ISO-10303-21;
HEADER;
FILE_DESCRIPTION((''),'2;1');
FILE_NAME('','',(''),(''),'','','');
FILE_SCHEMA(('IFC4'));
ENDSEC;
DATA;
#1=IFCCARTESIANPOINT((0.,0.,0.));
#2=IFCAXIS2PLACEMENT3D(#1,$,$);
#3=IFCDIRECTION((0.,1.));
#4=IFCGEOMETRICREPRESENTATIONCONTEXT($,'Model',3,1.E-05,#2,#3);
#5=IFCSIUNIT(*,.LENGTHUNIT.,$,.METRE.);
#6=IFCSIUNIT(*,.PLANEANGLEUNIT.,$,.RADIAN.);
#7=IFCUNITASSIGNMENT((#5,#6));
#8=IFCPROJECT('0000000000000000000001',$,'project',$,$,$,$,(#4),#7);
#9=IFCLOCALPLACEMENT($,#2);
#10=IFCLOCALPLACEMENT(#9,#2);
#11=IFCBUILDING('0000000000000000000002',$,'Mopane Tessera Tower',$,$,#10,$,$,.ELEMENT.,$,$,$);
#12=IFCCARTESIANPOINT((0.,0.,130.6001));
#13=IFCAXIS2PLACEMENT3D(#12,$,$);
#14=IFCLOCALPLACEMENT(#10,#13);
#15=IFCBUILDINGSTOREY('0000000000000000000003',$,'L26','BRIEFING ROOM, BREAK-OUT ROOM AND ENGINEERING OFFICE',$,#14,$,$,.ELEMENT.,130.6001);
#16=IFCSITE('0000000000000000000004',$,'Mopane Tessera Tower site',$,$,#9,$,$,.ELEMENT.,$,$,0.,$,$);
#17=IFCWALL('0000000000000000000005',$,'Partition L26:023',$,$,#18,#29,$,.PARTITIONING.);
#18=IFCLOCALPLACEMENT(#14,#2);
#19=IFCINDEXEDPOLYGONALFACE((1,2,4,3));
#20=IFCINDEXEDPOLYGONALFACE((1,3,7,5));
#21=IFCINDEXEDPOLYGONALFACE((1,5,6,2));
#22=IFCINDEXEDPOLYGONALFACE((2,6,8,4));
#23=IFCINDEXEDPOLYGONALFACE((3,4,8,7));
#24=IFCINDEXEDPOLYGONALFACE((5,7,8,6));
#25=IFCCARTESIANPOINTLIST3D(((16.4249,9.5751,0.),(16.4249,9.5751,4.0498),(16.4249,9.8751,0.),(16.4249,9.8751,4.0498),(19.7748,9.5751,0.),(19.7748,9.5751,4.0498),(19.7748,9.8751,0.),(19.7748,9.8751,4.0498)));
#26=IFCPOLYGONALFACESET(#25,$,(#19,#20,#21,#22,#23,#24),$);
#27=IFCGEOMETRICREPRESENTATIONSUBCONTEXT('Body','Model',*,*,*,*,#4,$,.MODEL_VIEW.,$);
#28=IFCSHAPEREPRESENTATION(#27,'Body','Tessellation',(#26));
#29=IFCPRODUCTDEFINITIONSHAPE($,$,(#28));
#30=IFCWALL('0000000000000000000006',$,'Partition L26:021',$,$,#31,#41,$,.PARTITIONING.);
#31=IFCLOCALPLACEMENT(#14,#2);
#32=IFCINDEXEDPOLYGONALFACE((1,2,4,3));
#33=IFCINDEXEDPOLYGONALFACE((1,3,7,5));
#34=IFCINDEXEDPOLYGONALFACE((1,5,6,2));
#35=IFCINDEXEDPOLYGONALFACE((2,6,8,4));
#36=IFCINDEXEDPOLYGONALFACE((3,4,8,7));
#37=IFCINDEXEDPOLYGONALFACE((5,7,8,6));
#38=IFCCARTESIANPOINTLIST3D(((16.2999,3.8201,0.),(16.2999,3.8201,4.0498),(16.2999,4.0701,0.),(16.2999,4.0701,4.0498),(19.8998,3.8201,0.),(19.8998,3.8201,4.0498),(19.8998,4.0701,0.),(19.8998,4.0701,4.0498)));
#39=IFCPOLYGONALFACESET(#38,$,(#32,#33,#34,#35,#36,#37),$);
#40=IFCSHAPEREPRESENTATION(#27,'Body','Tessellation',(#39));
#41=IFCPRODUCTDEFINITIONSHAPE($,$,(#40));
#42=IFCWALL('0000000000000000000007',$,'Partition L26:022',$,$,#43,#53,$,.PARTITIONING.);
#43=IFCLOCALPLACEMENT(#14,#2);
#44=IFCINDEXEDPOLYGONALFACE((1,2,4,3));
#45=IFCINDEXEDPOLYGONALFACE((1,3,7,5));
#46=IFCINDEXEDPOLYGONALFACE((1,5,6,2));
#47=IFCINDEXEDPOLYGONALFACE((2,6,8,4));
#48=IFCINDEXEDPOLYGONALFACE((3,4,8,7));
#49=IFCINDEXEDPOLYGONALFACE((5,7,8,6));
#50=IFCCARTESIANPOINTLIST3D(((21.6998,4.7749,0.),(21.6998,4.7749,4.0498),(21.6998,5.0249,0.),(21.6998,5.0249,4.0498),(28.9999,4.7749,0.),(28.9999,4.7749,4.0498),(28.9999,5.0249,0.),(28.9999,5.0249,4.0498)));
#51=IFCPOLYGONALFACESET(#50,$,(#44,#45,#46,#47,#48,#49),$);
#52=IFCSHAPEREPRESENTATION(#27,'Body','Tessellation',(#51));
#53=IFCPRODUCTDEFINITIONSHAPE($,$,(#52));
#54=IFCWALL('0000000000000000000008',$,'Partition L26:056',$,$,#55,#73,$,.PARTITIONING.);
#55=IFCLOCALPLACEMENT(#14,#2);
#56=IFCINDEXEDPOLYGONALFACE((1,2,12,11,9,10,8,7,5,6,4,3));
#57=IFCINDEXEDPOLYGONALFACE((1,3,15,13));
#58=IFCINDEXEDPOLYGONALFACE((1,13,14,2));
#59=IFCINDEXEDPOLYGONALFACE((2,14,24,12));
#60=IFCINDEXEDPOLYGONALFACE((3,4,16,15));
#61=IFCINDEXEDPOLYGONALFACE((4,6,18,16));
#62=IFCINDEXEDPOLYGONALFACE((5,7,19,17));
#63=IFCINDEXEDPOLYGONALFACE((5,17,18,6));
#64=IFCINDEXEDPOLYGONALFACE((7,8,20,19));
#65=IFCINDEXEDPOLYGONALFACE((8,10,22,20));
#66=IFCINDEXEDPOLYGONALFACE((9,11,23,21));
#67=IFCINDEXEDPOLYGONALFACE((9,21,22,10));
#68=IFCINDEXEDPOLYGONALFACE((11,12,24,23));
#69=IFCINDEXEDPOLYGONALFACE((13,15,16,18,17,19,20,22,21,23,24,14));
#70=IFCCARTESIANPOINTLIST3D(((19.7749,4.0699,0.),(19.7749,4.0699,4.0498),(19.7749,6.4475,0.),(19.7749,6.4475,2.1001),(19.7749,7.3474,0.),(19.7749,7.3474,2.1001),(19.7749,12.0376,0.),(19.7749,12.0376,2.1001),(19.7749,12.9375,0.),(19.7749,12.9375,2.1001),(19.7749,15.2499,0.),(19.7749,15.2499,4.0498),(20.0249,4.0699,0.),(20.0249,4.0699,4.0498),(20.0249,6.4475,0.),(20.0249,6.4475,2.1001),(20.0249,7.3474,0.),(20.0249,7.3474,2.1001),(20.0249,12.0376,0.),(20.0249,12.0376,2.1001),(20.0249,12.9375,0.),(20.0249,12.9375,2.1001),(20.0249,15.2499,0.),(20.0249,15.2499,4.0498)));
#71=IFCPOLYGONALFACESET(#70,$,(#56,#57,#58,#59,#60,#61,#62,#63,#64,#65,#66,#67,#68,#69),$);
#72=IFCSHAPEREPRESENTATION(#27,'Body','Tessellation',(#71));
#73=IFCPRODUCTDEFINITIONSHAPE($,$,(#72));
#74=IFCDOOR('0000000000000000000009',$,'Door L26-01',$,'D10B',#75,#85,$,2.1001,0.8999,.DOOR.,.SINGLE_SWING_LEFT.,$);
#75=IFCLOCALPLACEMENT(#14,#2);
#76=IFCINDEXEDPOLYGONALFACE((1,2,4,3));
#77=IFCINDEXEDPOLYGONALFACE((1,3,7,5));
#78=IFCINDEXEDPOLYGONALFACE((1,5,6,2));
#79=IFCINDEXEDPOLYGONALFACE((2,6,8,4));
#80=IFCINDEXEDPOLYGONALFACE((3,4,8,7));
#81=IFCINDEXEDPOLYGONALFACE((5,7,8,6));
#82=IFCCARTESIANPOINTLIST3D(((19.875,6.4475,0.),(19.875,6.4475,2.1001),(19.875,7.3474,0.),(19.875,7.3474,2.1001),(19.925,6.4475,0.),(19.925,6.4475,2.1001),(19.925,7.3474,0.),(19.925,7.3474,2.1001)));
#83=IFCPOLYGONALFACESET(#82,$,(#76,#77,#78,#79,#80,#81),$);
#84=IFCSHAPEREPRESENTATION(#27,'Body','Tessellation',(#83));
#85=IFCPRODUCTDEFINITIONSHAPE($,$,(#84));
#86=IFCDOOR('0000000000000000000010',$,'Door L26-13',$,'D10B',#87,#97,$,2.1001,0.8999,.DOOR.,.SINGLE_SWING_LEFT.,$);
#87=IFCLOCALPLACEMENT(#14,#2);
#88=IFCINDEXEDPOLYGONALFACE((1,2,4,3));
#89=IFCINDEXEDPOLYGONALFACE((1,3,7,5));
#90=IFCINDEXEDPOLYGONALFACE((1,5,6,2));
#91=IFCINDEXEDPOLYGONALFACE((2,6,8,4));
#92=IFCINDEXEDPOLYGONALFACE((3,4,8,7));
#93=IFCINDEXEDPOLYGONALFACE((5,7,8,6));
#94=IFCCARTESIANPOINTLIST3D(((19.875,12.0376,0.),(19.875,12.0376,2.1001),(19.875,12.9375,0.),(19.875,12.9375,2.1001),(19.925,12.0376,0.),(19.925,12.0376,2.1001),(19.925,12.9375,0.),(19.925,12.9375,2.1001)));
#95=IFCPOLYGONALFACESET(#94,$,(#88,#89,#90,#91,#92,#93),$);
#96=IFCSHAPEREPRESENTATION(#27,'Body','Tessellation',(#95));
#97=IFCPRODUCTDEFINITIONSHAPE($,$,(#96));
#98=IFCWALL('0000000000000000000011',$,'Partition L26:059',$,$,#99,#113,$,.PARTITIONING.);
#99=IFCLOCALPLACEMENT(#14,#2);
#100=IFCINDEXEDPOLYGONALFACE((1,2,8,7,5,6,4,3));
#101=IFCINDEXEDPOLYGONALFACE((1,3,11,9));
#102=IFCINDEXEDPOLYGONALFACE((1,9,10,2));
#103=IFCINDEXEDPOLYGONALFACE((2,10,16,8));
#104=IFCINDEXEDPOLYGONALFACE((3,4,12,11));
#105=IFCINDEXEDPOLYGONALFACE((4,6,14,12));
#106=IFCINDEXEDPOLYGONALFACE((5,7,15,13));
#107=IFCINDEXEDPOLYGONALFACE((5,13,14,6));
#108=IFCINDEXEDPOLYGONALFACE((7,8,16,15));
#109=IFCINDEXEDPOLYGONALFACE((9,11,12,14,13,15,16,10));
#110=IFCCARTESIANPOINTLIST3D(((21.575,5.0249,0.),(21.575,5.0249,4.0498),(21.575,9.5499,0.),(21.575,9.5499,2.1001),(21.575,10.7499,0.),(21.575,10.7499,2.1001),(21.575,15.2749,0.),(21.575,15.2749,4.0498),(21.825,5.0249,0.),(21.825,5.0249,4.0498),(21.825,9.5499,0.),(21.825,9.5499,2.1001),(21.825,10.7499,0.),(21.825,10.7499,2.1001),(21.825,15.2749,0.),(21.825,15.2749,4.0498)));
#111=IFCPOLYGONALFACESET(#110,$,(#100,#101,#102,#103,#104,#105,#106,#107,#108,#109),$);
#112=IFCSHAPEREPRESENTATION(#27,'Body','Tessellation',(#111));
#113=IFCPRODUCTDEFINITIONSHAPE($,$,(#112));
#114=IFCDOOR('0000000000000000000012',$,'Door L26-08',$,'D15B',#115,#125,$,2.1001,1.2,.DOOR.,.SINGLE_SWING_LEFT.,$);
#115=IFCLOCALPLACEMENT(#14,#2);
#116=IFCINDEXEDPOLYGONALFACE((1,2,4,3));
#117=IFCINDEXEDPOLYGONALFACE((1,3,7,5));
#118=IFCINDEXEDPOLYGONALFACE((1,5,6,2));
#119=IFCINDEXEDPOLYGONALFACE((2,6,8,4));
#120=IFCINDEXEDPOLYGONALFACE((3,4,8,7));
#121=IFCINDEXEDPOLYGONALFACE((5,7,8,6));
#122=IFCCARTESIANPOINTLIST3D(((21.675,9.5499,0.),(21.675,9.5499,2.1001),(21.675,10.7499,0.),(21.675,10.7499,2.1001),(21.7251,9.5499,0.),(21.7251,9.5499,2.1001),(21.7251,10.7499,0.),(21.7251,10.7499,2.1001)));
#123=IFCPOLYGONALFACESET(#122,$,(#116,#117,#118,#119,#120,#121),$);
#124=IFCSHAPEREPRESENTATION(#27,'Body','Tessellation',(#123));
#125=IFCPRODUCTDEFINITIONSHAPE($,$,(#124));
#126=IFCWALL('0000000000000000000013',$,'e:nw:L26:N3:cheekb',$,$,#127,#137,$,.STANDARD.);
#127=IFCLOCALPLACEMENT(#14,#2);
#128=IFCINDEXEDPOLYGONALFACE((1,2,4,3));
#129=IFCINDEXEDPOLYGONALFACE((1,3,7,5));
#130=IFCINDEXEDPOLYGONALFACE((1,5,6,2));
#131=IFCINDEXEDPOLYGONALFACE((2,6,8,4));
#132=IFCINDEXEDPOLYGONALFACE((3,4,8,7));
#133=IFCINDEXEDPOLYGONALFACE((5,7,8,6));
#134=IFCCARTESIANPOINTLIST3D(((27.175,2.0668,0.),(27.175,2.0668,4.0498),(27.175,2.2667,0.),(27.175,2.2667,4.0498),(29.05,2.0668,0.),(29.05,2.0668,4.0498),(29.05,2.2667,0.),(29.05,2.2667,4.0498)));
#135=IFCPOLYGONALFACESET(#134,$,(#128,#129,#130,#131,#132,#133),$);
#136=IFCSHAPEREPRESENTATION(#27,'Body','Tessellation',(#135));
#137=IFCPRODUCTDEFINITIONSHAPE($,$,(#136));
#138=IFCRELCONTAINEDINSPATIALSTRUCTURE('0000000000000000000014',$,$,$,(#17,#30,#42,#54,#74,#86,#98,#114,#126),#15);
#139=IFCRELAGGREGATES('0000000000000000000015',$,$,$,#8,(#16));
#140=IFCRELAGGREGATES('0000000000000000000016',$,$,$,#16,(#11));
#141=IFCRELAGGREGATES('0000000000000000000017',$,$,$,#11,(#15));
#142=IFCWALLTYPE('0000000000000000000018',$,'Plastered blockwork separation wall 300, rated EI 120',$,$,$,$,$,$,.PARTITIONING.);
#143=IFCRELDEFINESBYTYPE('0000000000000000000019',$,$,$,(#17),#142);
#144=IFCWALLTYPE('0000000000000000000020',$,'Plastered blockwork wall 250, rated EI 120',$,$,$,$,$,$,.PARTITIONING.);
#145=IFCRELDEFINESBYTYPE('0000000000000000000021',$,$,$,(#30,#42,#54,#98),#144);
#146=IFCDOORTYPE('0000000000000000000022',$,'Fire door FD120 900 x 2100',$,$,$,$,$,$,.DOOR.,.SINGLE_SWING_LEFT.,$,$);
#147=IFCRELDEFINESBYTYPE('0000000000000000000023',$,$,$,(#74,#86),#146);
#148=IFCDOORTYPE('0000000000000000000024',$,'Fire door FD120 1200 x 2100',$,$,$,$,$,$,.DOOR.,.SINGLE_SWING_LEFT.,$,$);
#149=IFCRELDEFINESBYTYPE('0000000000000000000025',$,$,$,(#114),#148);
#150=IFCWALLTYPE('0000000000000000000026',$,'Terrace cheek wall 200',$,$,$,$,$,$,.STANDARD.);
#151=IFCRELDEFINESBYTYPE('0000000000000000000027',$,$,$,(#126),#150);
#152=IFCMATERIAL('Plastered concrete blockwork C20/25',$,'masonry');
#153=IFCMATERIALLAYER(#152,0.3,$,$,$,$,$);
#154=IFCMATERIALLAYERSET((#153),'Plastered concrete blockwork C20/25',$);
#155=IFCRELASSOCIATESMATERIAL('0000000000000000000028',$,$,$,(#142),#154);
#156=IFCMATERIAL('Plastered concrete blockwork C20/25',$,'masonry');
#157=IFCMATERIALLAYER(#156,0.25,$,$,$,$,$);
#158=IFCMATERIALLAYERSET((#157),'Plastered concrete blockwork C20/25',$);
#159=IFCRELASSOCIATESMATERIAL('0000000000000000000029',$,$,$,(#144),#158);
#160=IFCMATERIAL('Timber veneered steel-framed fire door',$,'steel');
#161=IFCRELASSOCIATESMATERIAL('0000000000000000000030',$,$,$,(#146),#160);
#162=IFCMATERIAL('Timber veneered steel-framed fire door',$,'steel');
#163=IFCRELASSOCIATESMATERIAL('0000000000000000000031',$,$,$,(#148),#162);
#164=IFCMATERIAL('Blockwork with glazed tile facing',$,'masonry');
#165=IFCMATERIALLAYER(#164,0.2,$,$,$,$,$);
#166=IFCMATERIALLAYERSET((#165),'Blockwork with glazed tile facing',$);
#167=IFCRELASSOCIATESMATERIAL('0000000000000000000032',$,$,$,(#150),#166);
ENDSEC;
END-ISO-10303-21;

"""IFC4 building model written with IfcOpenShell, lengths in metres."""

from ifc_helpers import new_model, si_unit, direction, frame, frame_2d, origin, place, context, subcontext, project, spatial, rectangle, extrude, material, layer, layer_set, type_object, element, fill, save


model = new_model("IFC4")

# Units and contexts
model_context = context("Model", 3, precision=1e-05, world=origin(), true_north=direction((0.0, 1.0)))
body_context = subcontext(model_context, "Body", "Model", "MODEL_VIEW")
ifc_project = project(units=[si_unit("LENGTHUNIT", "METRE"), si_unit("PLANEANGLEUNIT", "RADIAN")], contexts=[model_context])

# Site, building, storey
site_placement = place(None, origin())
site = spatial("IfcSite", under=ifc_project, at=site_placement, Name="Mopane Tessera Tower site", CompositionType="ELEMENT", RefElevation=0.0)
building_placement = place(site_placement, origin())
building = spatial("IfcBuilding", under=site, at=building_placement, Name="Mopane Tessera Tower", CompositionType="ELEMENT")
storey_placement = place(building_placement, frame((0.0, 0.0, 130.6001)))
storey = spatial("IfcBuildingStorey", under=building, at=storey_placement, Name="L26", Description="BRIEFING ROOM, BREAK-OUT ROOM AND ENGINEERING OFFICE", CompositionType="ELEMENT", Elevation=130.6001)

# Walls
ifc_material_1 = material(Name="Plastered concrete blockwork C20/25", Category="masonry")
ifc_layer_1 = layer(ifc_material_1, 0.3)
ifc_layer_set_1 = layer_set([ifc_layer_1], Name="Plastered concrete blockwork C20/25")
wall_type_1 = type_object("IfcWallType", Name="Plastered blockwork separation wall 300, rated EI 120", PredefinedType="PARTITIONING", material=ifc_layer_set_1)
wall_1_placement = place(storey_placement, frame((16.425, 9.7251, 0.0), z_axis=(0.0, 0.0, 1.0), x_axis=(1.0, 0.0, 0.0)))
element("IfcWall", 1, at=wall_1_placement, inside=storey, type_object=wall_type_1, Name="Partition L26:023", PredefinedType="PARTITIONING", context=body_context, shape_type="SweptSolid", body=[
    extrude(rectangle(XDim=3.3499, YDim=0.3, at=frame_2d((1.6748, 0.0))), origin(), (0.0, 0.0, 1.0), 4.0498),
])
ifc_material_2 = material(Name="Plastered concrete blockwork C20/25", Category="masonry")
ifc_layer_2 = layer(ifc_material_2, 0.25)
ifc_layer_set_2 = layer_set([ifc_layer_2], Name="Plastered concrete blockwork C20/25")
wall_type_2 = type_object("IfcWallType", Name="Plastered blockwork wall 250, rated EI 120", PredefinedType="PARTITIONING", material=ifc_layer_set_2)
wall_2_placement = place(storey_placement, frame((16.3, 3.9451, 0.0), z_axis=(0.0, 0.0, 1.0), x_axis=(1.0, 0.0, 0.0)))
element("IfcWall", 2, at=wall_2_placement, inside=storey, type_object=wall_type_2, Name="Partition L26:021", PredefinedType="PARTITIONING", context=body_context, shape_type="SweptSolid", body=[
    extrude(rectangle(XDim=3.5999, YDim=0.25, at=frame_2d((1.7998, 0.0))), origin(), (0.0, 0.0, 1.0), 4.0498),
])
wall_3_placement = place(storey_placement, frame((21.7, 4.8999, 0.0), z_axis=(0.0, 0.0, 1.0), x_axis=(1.0, 0.0, 0.0)))
element("IfcWall", 3, at=wall_3_placement, inside=storey, type_object=wall_type_2, Name="Partition L26:022", PredefinedType="PARTITIONING", context=body_context, shape_type="SweptSolid", body=[
    extrude(rectangle(XDim=7.3, YDim=0.25, at=frame_2d((3.6499, 0.0))), origin(), (0.0, 0.0, 1.0), 4.0498),
])

# Wall, openings, doors
wall_4_placement = place(storey_placement, frame((19.8999, 4.0701, 0.0), z_axis=(0.0, 0.0, 1.0), x_axis=(0.0, 1.0, 0.0)))
wall_4 = element("IfcWall", 4, at=wall_4_placement, inside=storey, type_object=wall_type_2, Name="Partition L26:056", PredefinedType="PARTITIONING", context=body_context, shape_type="SweptSolid", body=[
    extrude(rectangle(XDim=11.1799, YDim=0.25, at=frame_2d((5.5898, 0.0))), origin(), (0.0, 0.0, 1.0), 4.0498),
])
opening_1_placement = place(wall_4_placement, frame((2.3774, 0.0, 0.0)))
opening_1 = element("IfcOpeningElement", 5, at=opening_1_placement, cuts=wall_4, PredefinedType="OPENING", context=body_context, shape_type="SweptSolid", body=[
    extrude(rectangle(XDim=0.8999, YDim=2.1001, at=frame_2d((0.45, 1.05))), frame((0.0, 0.137, 0.0), z_axis=(0.0, -1.0, 0.0), x_axis=(1.0, 0.0, 0.0)), (0.0, 0.0, 1.0), 0.2739),
])
opening_2_placement = place(wall_4_placement, frame((7.9675, 0.0, 0.0)))
opening_2 = element("IfcOpeningElement", 6, at=opening_2_placement, cuts=wall_4, PredefinedType="OPENING", context=body_context, shape_type="SweptSolid", body=[
    extrude(rectangle(XDim=0.8999, YDim=2.1001, at=frame_2d((0.45, 1.05))), frame((0.0, 0.137, 0.0), z_axis=(0.0, -1.0, 0.0), x_axis=(1.0, 0.0, 0.0)), (0.0, 0.0, 1.0), 0.2739),
])
ifc_material_3 = material(Name="Timber veneered steel-framed fire door", Category="steel")
door_type_1 = type_object("IfcDoorType", Name="Fire door FD120 900 x 2100", OperationType="SINGLE_SWING_LEFT", PredefinedType="DOOR", material=ifc_material_3)
door_1_placement = place(opening_1_placement, origin())
door_1 = element("IfcDoor", 7, at=door_1_placement, inside=storey, type_object=door_type_1, Name="Door L26-01", ObjectType="D10B", OperationType="SINGLE_SWING_LEFT", OverallHeight=2.1001, OverallWidth=0.8999, PredefinedType="DOOR", context=body_context, shape_type="SweptSolid", body=[
    extrude(rectangle(XDim=0.8999, YDim=2.1001, at=frame_2d((0.45, 1.05))), frame((0.0, 0.0249, 0.0), z_axis=(0.0, -1.0, 0.0), x_axis=(1.0, 0.0, 0.0)), (0.0, 0.0, 1.0), 0.05),
])
fill(opening_1, door_1)
door_2_placement = place(opening_2_placement, origin())
door_2 = element("IfcDoor", 8, at=door_2_placement, inside=storey, type_object=door_type_1, Name="Door L26-13", ObjectType="D10B", OperationType="SINGLE_SWING_LEFT", OverallHeight=2.1001, OverallWidth=0.8999, PredefinedType="DOOR", context=body_context, shape_type="SweptSolid", body=[
    extrude(rectangle(XDim=0.8999, YDim=2.1001, at=frame_2d((0.45, 1.05))), frame((0.0, 0.0249, 0.0), z_axis=(0.0, -1.0, 0.0), x_axis=(1.0, 0.0, 0.0)), (0.0, 0.0, 1.0), 0.05),
])
fill(opening_2, door_2)

# Wall, opening, door
wall_5_placement = place(storey_placement, frame((21.7, 5.0249, 0.0), z_axis=(0.0, 0.0, 1.0), x_axis=(0.0, 1.0, 0.0)))
wall_5 = element("IfcWall", 9, at=wall_5_placement, inside=storey, type_object=wall_type_2, Name="Partition L26:059", PredefinedType="PARTITIONING", context=body_context, shape_type="SweptSolid", body=[
    extrude(rectangle(XDim=10.25, YDim=0.25, at=frame_2d((5.125, 0.0))), origin(), (0.0, 0.0, 1.0), 4.0498),
])
opening_3_placement = place(wall_5_placement, frame((4.5249, 0.0, 0.0)))
opening_3 = element("IfcOpeningElement", 10, at=opening_3_placement, cuts=wall_5, PredefinedType="OPENING", context=body_context, shape_type="SweptSolid", body=[
    extrude(rectangle(XDim=1.2, YDim=2.1001, at=frame_2d((0.6001, 1.05))), frame((0.0, 0.137, 0.0), z_axis=(0.0, -1.0, 0.0), x_axis=(1.0, 0.0, 0.0)), (0.0, 0.0, 1.0), 0.2739),
])
ifc_material_4 = material(Name="Timber veneered steel-framed fire door", Category="steel")
door_type_2 = type_object("IfcDoorType", Name="Fire door FD120 1200 x 2100", OperationType="SINGLE_SWING_LEFT", PredefinedType="DOOR", material=ifc_material_4)
door_3_placement = place(opening_3_placement, origin())
door_3 = element("IfcDoor", 11, at=door_3_placement, inside=storey, type_object=door_type_2, Name="Door L26-08", ObjectType="D15B", OperationType="SINGLE_SWING_LEFT", OverallHeight=2.1001, OverallWidth=1.2, PredefinedType="DOOR", context=body_context, shape_type="SweptSolid", body=[
    extrude(rectangle(XDim=1.2, YDim=2.1001, at=frame_2d((0.6001, 1.05))), frame((0.0, 0.0249, 0.0), z_axis=(0.0, -1.0, 0.0), x_axis=(1.0, 0.0, 0.0)), (0.0, 0.0, 1.0), 0.05),
])
fill(opening_3, door_3)

# Wall
ifc_material_5 = material(Name="Blockwork with glazed tile facing", Category="masonry")
ifc_layer_3 = layer(ifc_material_5, 0.2)
ifc_layer_set_3 = layer_set([ifc_layer_3], Name="Blockwork with glazed tile facing")
wall_type_3 = type_object("IfcWallType", Name="Terrace cheek wall 200", PredefinedType="STANDARD", material=ifc_layer_set_3)
wall_6_placement = place(storey_placement, frame((29.05, 2.1667, 0.0), z_axis=(0.0, 0.0, 1.0), x_axis=(-1.0, 0.0, 0.0)))
element("IfcWall", 12, at=wall_6_placement, inside=storey, type_object=wall_type_3, Name="e:nw:L26:N3:cheekb", PredefinedType="STANDARD", context=body_context, shape_type="SweptSolid", body=[
    extrude(rectangle(XDim=1.875, YDim=0.2, at=frame_2d((0.9375, 0.0))), origin(), (0.0, 0.0, 1.0), 4.0498),
])

save(model, "model.ifc")
